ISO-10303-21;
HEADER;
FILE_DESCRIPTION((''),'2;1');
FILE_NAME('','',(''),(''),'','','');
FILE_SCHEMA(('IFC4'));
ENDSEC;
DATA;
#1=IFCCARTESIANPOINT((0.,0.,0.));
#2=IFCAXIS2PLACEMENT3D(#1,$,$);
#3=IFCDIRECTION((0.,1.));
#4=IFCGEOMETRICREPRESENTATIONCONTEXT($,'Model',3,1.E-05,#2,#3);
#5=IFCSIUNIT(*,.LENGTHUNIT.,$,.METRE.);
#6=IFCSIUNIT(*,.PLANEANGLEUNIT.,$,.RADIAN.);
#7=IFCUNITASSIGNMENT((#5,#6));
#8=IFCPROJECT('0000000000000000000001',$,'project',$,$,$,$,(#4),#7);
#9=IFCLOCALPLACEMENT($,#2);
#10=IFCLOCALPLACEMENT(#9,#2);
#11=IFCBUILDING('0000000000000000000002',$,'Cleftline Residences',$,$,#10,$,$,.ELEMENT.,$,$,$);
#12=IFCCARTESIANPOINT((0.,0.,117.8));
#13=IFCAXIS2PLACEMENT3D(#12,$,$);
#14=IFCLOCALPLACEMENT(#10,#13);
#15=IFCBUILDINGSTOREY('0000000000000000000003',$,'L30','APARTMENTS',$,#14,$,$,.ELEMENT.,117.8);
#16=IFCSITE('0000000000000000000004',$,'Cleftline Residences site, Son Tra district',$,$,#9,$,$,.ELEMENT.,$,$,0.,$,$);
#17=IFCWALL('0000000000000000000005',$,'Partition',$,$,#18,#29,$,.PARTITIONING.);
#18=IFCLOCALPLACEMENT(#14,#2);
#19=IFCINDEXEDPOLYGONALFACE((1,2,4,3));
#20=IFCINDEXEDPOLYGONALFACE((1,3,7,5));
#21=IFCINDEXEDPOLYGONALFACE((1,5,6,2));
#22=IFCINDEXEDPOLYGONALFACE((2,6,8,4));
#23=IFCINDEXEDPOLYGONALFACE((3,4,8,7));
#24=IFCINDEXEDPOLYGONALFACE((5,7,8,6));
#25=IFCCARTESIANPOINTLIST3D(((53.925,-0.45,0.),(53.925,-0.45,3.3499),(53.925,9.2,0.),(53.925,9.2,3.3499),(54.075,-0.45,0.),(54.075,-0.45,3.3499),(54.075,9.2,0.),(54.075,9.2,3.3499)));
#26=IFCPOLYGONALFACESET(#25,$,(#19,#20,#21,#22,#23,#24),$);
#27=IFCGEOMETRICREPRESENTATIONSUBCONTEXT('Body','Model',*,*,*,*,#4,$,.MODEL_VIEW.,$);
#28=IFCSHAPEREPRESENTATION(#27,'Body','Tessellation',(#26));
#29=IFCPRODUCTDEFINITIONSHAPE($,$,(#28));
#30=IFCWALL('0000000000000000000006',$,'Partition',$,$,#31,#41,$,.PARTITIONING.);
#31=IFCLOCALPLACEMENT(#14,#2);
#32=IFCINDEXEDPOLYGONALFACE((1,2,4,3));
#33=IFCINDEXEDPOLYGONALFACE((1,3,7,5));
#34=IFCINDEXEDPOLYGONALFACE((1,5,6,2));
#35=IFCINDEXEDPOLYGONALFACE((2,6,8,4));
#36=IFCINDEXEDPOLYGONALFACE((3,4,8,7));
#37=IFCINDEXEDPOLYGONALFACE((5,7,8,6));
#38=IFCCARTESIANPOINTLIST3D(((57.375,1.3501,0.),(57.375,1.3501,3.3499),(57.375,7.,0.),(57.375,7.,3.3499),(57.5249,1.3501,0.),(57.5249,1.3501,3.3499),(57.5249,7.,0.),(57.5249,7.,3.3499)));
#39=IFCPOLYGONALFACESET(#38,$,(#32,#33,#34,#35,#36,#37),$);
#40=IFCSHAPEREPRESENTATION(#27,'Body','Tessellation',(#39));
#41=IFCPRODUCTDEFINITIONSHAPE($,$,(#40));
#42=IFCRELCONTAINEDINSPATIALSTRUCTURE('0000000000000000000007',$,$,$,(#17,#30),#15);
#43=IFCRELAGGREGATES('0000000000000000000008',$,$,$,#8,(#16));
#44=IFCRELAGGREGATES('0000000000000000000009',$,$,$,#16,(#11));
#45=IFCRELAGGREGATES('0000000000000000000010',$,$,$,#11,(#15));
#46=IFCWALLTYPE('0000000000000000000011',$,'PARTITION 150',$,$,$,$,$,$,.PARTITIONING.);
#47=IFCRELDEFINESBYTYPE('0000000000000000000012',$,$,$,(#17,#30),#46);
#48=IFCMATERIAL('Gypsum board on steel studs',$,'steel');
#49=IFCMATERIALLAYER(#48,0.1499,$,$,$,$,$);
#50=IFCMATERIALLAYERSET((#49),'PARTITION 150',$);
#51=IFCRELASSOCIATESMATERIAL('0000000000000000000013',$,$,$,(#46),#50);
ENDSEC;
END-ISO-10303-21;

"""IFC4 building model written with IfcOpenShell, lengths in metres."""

from ifc_helpers import new_model, si_unit, direction, frame, frame_2d, origin, place, context, subcontext, project, spatial, rectangle, extrude, material, layer, layer_set, type_object, element, save


model = new_model("IFC4")

# Units and contexts
model_context = context("Model", 3, precision=1e-05, world=origin(), true_north=direction((0.0, 1.0)))
body_context = subcontext(model_context, "Body", "Model", "MODEL_VIEW")
ifc_project = project(units=[si_unit("LENGTHUNIT", "METRE"), si_unit("PLANEANGLEUNIT", "RADIAN")], contexts=[model_context])

# Site, building, storey
site_placement = place(None, origin())
site = spatial("IfcSite", under=ifc_project, at=site_placement, Name="Cleftline Residences site, Son Tra district", CompositionType="ELEMENT", RefElevation=0.0)
building_placement = place(site_placement, origin())
building = spatial("IfcBuilding", under=site, at=building_placement, Name="Cleftline Residences", CompositionType="ELEMENT")
storey_placement = place(building_placement, frame((0.0, 0.0, 117.8)))
storey = spatial("IfcBuildingStorey", under=building, at=storey_placement, Name="L30", Description="APARTMENTS", CompositionType="ELEMENT", Elevation=117.8)

# Walls
ifc_material_1 = material(Name="Gypsum board on steel studs", Category="steel")
ifc_layer_1 = layer(ifc_material_1, 0.1499)
ifc_layer_set_1 = layer_set([ifc_layer_1], Name="PARTITION 150")
wall_type_1 = type_object("IfcWallType", Name="PARTITION 150", PredefinedType="PARTITIONING", material=ifc_layer_set_1)
wall_1_placement = place(storey_placement, frame((54.0, -0.45, 0.0), z_axis=(0.0, 0.0, 1.0), x_axis=(0.0, 1.0, 0.0)))
element("IfcWall", 1, at=wall_1_placement, inside=storey, type_object=wall_type_1, Name="Partition", PredefinedType="PARTITIONING", context=body_context, shape_type="SweptSolid", body=[
    extrude(rectangle(XDim=9.6499, YDim=0.1499, at=frame_2d((4.825, 0.0))), origin(), (0.0, 0.0, 1.0), 3.3499),
])
wall_2_placement = place(storey_placement, frame((57.45, 1.3501, 0.0), z_axis=(0.0, 0.0, 1.0), x_axis=(0.0, 1.0, 0.0)))
element("IfcWall", 2, at=wall_2_placement, inside=storey, type_object=wall_type_1, Name="Partition", PredefinedType="PARTITIONING", context=body_context, shape_type="SweptSolid", body=[
    extrude(rectangle(XDim=5.6499, YDim=0.1499, at=frame_2d((2.825, 0.0))), origin(), (0.0, 0.0, 1.0), 3.3499),
])

save(model, "model.ifc")
